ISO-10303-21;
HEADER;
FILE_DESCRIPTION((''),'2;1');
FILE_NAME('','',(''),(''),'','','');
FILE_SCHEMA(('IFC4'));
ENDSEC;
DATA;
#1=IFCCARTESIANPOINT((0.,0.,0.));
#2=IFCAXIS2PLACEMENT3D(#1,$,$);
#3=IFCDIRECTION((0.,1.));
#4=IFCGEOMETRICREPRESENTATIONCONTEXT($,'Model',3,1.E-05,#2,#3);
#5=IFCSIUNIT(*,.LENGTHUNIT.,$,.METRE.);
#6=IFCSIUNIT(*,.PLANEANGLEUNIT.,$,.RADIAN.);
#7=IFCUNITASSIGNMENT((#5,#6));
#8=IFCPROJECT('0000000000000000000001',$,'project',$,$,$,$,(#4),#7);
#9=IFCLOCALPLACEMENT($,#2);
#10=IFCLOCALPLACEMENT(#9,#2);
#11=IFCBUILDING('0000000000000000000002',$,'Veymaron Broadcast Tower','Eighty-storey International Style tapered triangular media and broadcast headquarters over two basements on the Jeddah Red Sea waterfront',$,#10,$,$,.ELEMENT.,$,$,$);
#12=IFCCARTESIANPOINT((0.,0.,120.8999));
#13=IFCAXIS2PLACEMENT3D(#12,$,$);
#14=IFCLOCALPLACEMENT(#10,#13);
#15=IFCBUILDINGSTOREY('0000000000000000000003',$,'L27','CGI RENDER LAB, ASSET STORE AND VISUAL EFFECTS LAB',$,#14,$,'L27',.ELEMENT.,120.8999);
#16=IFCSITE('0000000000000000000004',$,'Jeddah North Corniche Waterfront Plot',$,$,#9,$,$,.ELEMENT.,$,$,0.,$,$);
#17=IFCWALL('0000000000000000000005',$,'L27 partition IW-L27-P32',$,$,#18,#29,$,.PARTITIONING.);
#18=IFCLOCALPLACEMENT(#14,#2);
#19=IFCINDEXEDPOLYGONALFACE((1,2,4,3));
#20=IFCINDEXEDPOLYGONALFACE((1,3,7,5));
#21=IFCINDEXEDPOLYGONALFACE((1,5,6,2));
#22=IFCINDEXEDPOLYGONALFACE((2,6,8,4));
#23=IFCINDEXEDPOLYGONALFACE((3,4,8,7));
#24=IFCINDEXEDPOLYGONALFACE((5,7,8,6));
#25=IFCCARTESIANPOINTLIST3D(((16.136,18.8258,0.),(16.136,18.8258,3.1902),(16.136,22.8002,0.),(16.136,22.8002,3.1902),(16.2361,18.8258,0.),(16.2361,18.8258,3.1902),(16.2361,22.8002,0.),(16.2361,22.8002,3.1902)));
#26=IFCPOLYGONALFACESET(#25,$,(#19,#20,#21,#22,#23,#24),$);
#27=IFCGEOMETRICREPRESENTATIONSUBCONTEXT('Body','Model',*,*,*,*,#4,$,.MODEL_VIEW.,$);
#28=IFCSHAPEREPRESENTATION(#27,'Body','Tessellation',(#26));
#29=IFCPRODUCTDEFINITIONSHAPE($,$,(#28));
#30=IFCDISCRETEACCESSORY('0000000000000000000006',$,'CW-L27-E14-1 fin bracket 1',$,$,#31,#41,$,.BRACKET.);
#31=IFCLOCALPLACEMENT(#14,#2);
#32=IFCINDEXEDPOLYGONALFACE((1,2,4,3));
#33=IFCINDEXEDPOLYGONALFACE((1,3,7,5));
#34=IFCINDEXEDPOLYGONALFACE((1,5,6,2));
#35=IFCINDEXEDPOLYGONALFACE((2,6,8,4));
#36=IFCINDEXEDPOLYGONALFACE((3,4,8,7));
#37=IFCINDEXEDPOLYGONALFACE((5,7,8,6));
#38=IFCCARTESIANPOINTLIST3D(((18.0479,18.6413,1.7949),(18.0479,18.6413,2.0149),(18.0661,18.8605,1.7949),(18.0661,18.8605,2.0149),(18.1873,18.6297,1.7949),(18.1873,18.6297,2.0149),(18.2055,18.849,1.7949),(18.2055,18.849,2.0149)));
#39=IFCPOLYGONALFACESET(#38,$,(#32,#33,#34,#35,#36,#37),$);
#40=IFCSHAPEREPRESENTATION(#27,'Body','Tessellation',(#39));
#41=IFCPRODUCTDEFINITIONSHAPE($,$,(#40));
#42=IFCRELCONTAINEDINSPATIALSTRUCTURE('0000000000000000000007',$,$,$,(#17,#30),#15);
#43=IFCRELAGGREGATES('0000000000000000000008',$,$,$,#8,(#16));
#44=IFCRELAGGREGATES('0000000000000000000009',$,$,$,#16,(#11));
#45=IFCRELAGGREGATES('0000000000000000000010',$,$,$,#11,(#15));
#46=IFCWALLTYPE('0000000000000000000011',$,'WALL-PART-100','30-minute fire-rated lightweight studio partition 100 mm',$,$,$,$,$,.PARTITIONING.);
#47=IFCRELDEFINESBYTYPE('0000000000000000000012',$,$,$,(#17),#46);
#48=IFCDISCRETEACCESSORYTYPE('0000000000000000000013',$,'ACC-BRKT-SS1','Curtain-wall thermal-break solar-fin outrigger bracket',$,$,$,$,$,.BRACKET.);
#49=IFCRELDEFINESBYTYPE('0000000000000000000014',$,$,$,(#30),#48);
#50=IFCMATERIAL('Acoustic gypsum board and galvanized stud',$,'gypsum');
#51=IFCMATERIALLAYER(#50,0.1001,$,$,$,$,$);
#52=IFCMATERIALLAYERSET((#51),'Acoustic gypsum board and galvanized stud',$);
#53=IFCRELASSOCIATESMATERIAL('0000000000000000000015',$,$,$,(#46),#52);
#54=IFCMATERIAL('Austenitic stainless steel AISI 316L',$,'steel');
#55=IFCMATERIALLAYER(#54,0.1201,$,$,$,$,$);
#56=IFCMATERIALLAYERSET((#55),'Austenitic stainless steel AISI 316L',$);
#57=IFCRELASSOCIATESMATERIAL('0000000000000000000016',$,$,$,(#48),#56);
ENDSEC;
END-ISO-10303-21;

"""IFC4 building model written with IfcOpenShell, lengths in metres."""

from ifc_helpers import new_model, si_unit, direction, frame, frame_2d, origin, origin_2d, place, context, subcontext, project, spatial, rectangle, extrude, material, layer, layer_set, type_object, element, save


model = new_model("IFC4")

# Units and contexts
model_context = context("Model", 3, precision=1e-05, world=origin(), true_north=direction((0.0, 1.0)))
body_context = subcontext(model_context, "Body", "Model", "MODEL_VIEW")
ifc_project = project(units=[si_unit("LENGTHUNIT", "METRE"), si_unit("PLANEANGLEUNIT", "RADIAN")], contexts=[model_context])

# Site, building, storey
site_placement = place(None, origin())
site = spatial("IfcSite", under=ifc_project, at=site_placement, Name="Jeddah North Corniche Waterfront Plot", CompositionType="ELEMENT", RefElevation=0.0)
building_placement = place(site_placement, origin())
building = spatial("IfcBuilding", under=site, at=building_placement, Name="Veymaron Broadcast Tower", Description="Eighty-storey International Style tapered triangular media and broadcast headquarters over two basements on the Jeddah Red Sea waterfront", CompositionType="ELEMENT")
storey_placement = place(building_placement, frame((0.0, 0.0, 120.8999)))
storey = spatial("IfcBuildingStorey", under=building, at=storey_placement, Name="L27", Description="CGI RENDER LAB, ASSET STORE AND VISUAL EFFECTS LAB", LongName="L27", CompositionType="ELEMENT", Elevation=120.8999)

# Wall
ifc_material_1 = material(Name="Acoustic gypsum board and galvanized stud", Category="gypsum")
ifc_layer_1 = layer(ifc_material_1, 0.1001)
ifc_layer_set_1 = layer_set([ifc_layer_1], Name="Acoustic gypsum board and galvanized stud")
wall_type_1 = type_object("IfcWallType", Name="WALL-PART-100", Description="30-minute fire-rated lightweight studio partition 100 mm", PredefinedType="PARTITIONING", material=ifc_layer_set_1)
wall_1_placement = place(storey_placement, frame((16.186, 18.8257, 0.0), z_axis=(0.0, 0.0, 1.0), x_axis=(0.0, 1.0, 0.0)))
element("IfcWall", 1, at=wall_1_placement, inside=storey, type_object=wall_type_1, Name="L27 partition IW-L27-P32", PredefinedType="PARTITIONING", context=body_context, shape_type="SweptSolid", body=[
    extrude(rectangle(XDim=3.9744, YDim=0.1001, at=frame_2d((1.9873, 0.0))), origin(), (0.0, 0.0, 1.0), 3.1902),
])

# Discrete accessory
ifc_material_2 = material(Name="Austenitic stainless steel AISI 316L", Category="steel")
ifc_layer_2 = layer(ifc_material_2, 0.1201)
ifc_layer_set_2 = layer_set([ifc_layer_2], Name="Austenitic stainless steel AISI 316L")
discrete_accessory_type = type_object("IfcDiscreteAccessoryType", Name="ACC-BRKT-SS1", Description="Curtain-wall thermal-break solar-fin outrigger bracket", PredefinedType="BRACKET", material=ifc_layer_set_2)
discrete_accessory_placement = place(storey_placement, frame((18.1267, 18.7451, 1.7949), z_axis=(0.0, 0.0, 1.0), x_axis=(-0.08253, -0.996589, 0.0)))
element("IfcDiscreteAccessory", 2, at=discrete_accessory_placement, inside=storey, type_object=discrete_accessory_type, Name="CW-L27-E14-1 fin bracket 1", PredefinedType="BRACKET", context=body_context, shape_type="SweptSolid", body=[
    extrude(rectangle(XDim=0.22, YDim=0.1399, at=origin_2d()), origin(), (0.0, 0.0, 1.0), 0.22),
])

save(model, "model.ifc")
